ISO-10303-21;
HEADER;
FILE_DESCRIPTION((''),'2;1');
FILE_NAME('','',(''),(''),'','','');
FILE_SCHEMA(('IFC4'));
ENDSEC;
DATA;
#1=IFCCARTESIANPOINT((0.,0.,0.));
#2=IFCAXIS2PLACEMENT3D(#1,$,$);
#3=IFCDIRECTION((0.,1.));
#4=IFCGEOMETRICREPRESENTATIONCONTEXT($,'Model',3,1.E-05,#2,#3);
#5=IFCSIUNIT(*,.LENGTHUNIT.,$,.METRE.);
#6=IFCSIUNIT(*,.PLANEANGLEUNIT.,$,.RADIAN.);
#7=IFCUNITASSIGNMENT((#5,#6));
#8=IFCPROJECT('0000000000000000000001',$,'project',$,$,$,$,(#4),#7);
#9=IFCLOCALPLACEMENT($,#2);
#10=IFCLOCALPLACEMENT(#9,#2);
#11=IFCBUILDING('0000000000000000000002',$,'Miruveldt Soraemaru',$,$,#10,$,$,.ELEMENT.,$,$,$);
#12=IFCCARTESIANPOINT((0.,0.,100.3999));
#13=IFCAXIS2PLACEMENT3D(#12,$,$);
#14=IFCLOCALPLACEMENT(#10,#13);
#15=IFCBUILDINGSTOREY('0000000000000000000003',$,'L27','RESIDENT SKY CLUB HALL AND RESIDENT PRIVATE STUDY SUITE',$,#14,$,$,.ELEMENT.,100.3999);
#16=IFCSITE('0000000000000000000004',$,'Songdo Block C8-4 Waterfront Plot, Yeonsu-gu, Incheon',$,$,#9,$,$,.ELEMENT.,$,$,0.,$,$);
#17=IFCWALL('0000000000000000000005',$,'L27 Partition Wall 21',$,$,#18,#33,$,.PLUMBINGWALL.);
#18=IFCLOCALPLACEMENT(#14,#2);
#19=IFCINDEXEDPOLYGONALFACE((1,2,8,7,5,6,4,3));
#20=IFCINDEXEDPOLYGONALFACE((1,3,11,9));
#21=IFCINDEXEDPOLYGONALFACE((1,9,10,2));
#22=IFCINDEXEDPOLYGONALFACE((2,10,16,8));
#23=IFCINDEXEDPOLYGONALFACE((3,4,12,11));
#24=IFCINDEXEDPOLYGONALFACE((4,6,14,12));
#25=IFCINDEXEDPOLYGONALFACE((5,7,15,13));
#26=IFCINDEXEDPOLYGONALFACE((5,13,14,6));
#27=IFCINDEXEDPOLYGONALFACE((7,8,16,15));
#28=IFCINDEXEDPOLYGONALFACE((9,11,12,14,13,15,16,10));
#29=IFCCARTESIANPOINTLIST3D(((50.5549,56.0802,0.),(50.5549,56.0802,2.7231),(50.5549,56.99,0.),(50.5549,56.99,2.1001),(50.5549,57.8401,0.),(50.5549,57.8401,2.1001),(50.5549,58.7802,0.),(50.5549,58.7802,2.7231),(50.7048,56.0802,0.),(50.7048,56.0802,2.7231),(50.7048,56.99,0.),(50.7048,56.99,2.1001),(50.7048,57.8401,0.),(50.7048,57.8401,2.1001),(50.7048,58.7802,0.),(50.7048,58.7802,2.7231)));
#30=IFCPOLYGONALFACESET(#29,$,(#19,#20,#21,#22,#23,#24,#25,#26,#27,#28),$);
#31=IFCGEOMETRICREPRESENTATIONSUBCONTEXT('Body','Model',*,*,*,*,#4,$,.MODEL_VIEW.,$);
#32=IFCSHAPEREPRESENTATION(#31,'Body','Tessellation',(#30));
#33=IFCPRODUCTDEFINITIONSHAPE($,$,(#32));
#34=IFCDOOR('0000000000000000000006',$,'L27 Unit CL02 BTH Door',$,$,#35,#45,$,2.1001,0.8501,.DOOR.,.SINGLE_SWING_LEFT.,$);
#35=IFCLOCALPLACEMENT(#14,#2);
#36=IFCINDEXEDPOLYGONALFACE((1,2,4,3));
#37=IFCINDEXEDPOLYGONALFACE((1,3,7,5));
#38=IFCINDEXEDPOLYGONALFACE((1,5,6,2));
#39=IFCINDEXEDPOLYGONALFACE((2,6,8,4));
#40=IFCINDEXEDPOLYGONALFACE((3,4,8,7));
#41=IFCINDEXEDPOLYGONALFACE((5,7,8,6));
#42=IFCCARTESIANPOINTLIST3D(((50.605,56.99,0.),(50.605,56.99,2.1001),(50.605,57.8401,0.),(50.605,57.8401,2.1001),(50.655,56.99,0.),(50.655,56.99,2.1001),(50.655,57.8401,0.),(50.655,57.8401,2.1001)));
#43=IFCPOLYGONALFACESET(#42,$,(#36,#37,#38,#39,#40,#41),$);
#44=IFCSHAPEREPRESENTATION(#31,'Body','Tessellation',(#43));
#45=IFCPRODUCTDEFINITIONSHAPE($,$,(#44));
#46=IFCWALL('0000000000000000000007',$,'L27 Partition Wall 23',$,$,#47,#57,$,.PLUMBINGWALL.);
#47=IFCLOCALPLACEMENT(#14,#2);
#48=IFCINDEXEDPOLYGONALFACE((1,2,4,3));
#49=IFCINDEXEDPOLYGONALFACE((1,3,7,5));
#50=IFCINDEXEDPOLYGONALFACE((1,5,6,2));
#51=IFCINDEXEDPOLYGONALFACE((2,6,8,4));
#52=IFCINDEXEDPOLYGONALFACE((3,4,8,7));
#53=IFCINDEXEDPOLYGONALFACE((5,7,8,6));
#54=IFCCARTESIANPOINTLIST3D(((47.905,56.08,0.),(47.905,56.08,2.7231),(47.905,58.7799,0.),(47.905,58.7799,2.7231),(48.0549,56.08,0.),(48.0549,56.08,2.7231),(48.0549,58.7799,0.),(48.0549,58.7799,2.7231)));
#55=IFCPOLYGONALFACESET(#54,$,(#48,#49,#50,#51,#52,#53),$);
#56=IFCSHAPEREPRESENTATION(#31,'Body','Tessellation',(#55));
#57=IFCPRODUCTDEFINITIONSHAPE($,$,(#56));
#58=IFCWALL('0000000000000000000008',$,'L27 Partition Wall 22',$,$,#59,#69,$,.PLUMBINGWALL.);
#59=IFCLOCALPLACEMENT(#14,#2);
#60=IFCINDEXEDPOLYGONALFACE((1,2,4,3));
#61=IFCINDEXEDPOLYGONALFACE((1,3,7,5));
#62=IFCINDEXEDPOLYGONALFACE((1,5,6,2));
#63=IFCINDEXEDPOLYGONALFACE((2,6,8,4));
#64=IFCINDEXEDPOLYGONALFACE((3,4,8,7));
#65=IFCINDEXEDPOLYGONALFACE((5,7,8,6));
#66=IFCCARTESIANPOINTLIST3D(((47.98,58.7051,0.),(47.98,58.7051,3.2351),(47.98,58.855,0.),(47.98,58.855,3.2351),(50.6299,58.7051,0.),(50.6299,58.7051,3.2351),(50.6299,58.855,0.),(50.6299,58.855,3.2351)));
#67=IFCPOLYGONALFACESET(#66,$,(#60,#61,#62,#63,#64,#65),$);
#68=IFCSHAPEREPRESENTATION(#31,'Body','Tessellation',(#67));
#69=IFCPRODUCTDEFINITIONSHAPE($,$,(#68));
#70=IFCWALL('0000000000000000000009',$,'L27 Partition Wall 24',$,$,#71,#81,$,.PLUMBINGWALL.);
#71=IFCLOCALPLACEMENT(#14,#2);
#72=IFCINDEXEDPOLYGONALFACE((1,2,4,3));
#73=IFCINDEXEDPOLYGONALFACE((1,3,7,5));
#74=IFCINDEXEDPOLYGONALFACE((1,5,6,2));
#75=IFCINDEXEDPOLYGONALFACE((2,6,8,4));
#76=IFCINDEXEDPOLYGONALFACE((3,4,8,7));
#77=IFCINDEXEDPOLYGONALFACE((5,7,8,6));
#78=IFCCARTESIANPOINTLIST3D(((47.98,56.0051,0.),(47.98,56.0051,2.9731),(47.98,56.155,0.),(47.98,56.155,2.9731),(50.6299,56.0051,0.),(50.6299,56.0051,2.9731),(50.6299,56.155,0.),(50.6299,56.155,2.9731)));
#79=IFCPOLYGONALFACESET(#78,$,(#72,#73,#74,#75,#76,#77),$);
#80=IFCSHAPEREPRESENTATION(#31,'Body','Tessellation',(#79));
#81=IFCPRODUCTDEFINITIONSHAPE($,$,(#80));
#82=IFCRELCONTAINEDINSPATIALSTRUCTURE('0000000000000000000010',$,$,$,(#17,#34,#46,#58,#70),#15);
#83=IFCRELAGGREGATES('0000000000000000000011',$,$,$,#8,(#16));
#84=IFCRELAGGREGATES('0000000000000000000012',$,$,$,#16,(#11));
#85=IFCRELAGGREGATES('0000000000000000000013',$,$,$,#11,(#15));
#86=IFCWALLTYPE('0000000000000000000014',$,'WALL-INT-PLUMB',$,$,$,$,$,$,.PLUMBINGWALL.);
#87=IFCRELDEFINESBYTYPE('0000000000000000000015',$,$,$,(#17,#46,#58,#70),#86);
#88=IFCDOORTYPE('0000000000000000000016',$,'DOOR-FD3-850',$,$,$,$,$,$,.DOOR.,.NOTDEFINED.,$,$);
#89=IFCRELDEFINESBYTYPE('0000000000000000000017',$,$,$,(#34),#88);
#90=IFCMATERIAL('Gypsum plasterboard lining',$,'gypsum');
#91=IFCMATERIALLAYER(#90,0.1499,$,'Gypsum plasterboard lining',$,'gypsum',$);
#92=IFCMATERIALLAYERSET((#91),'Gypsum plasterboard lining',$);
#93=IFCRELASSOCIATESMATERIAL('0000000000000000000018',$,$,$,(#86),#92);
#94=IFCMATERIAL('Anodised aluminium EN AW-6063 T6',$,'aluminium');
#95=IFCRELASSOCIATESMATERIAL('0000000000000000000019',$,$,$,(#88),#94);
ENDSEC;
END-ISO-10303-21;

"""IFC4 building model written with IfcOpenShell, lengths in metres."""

from ifc_helpers import new_model, si_unit, direction, frame, frame_2d, origin, place, context, subcontext, project, spatial, rectangle, extrude, material, layer, layer_set, type_object, element, fill, save


model = new_model("IFC4")

# Units and contexts
model_context = context("Model", 3, precision=1e-05, world=origin(), true_north=direction((0.0, 1.0)))
body_context = subcontext(model_context, "Body", "Model", "MODEL_VIEW")
ifc_project = project(units=[si_unit("LENGTHUNIT", "METRE"), si_unit("PLANEANGLEUNIT", "RADIAN")], contexts=[model_context])

# Site, building, storey
site_placement = place(None, origin())
site = spatial("IfcSite", under=ifc_project, at=site_placement, Name="Songdo Block C8-4 Waterfront Plot, Yeonsu-gu, Incheon", CompositionType="ELEMENT", RefElevation=0.0)
building_placement = place(site_placement, origin())
building = spatial("IfcBuilding", under=site, at=building_placement, Name="Miruveldt Soraemaru", CompositionType="ELEMENT")
storey_placement = place(building_placement, frame((0.0, 0.0, 100.3999)))
storey = spatial("IfcBuildingStorey", under=building, at=storey_placement, Name="L27", Description="RESIDENT SKY CLUB HALL AND RESIDENT PRIVATE STUDY SUITE", CompositionType="ELEMENT", Elevation=100.3999)

# Shared definitions
ifc_material_1 = material(Name="Gypsum plasterboard lining", Category="gypsum")
ifc_material_2 = material(Name="Anodised aluminium EN AW-6063 T6", Category="aluminium")

# Wall, opening, door
ifc_layer_1 = layer(ifc_material_1, 0.1499, Name="Gypsum plasterboard lining", Category="gypsum")
ifc_layer_set_1 = layer_set([ifc_layer_1], Name="Gypsum plasterboard lining")
wall_type_1 = type_object("IfcWallType", Name="WALL-INT-PLUMB", PredefinedType="PLUMBINGWALL", material=ifc_layer_set_1)
wall_1_placement = place(storey_placement, frame((50.6299, 56.0801, 0.0), z_axis=(0.0, 0.0, 1.0), x_axis=(0.0, 1.0, 0.0)))
wall_1 = element("IfcWall", 1, at=wall_1_placement, inside=storey, type_object=wall_type_1, Name="L27 Partition Wall 21", PredefinedType="PLUMBINGWALL", context=body_context, shape_type="SweptSolid", body=[
    extrude(rectangle(XDim=2.7, YDim=0.1499, at=frame_2d((1.3501, 0.0))), origin(), (0.0, 0.0, 1.0), 2.7231),
])
opening_1_placement = place(wall_1_placement, frame((0.9099, 0.0, 0.0)))
opening_1 = element("IfcOpeningElement", 2, at=opening_1_placement, cuts=wall_1, PredefinedType="OPENING", context=body_context, shape_type="SweptSolid", body=[
    extrude(rectangle(XDim=0.8501, YDim=2.1001, at=frame_2d((0.425, 1.05))), frame((0.0, 0.085, 0.0), z_axis=(0.0, -1.0, 0.0), x_axis=(1.0, 0.0, 0.0)), (0.0, 0.0, 1.0), 0.1699),
])
door_type_1 = type_object("IfcDoorType", Name="DOOR-FD3-850", OperationType="NOTDEFINED", PredefinedType="DOOR", material=ifc_material_2)
door_1_placement = place(opening_1_placement, origin())
door_1 = element("IfcDoor", 3, at=door_1_placement, inside=storey, type_object=door_type_1, Name="L27 Unit CL02 BTH Door", OperationType="SINGLE_SWING_LEFT", OverallHeight=2.1001, OverallWidth=0.8501, PredefinedType="DOOR", context=body_context, shape_type="SweptSolid", body=[
    extrude(rectangle(XDim=0.8501, YDim=2.1001, at=frame_2d((0.425, 1.05))), frame((0.0, 0.0249, 0.0), z_axis=(0.0, -1.0, 0.0), x_axis=(1.0, 0.0, 0.0)), (0.0, 0.0, 1.0), 0.05),
])
fill(opening_1, door_1)

# Walls
wall_2_placement = place(storey_placement, frame((47.98, 58.78, 0.0), z_axis=(0.0, 0.0, 1.0), x_axis=(0.0, -1.0, 0.0)))
element("IfcWall", 4, at=wall_2_placement, inside=storey, type_object=wall_type_1, Name="L27 Partition Wall 23", PredefinedType="PLUMBINGWALL", context=body_context, shape_type="SweptSolid", body=[
    extrude(rectangle(XDim=2.7, YDim=0.1499, at=frame_2d((1.3501, 0.0))), origin(), (0.0, 0.0, 1.0), 2.7231),
])
wall_3_placement = place(storey_placement, frame((50.6299, 58.78, 0.0), z_axis=(0.0, 0.0, 1.0), x_axis=(-1.0, 0.0, 0.0)))
element("IfcWall", 5, at=wall_3_placement, inside=storey, type_object=wall_type_1, Name="L27 Partition Wall 22", PredefinedType="PLUMBINGWALL", context=body_context, shape_type="SweptSolid", body=[
    extrude(rectangle(XDim=2.6499, YDim=0.1499, at=frame_2d((1.325, 0.0))), origin(), (0.0, 0.0, 1.0), 3.2351),
])
wall_4_placement = place(storey_placement, frame((47.98, 56.0801, 0.0), z_axis=(0.0, 0.0, 1.0), x_axis=(1.0, 0.0, 0.0)))
element("IfcWall", 6, at=wall_4_placement, inside=storey, type_object=wall_type_1, Name="L27 Partition Wall 24", PredefinedType="PLUMBINGWALL", context=body_context, shape_type="SweptSolid", body=[
    extrude(rectangle(XDim=2.6499, YDim=0.1499, at=frame_2d((1.325, 0.0))), origin(), (0.0, 0.0, 1.0), 2.9731),
])

save(model, "model.ifc")
